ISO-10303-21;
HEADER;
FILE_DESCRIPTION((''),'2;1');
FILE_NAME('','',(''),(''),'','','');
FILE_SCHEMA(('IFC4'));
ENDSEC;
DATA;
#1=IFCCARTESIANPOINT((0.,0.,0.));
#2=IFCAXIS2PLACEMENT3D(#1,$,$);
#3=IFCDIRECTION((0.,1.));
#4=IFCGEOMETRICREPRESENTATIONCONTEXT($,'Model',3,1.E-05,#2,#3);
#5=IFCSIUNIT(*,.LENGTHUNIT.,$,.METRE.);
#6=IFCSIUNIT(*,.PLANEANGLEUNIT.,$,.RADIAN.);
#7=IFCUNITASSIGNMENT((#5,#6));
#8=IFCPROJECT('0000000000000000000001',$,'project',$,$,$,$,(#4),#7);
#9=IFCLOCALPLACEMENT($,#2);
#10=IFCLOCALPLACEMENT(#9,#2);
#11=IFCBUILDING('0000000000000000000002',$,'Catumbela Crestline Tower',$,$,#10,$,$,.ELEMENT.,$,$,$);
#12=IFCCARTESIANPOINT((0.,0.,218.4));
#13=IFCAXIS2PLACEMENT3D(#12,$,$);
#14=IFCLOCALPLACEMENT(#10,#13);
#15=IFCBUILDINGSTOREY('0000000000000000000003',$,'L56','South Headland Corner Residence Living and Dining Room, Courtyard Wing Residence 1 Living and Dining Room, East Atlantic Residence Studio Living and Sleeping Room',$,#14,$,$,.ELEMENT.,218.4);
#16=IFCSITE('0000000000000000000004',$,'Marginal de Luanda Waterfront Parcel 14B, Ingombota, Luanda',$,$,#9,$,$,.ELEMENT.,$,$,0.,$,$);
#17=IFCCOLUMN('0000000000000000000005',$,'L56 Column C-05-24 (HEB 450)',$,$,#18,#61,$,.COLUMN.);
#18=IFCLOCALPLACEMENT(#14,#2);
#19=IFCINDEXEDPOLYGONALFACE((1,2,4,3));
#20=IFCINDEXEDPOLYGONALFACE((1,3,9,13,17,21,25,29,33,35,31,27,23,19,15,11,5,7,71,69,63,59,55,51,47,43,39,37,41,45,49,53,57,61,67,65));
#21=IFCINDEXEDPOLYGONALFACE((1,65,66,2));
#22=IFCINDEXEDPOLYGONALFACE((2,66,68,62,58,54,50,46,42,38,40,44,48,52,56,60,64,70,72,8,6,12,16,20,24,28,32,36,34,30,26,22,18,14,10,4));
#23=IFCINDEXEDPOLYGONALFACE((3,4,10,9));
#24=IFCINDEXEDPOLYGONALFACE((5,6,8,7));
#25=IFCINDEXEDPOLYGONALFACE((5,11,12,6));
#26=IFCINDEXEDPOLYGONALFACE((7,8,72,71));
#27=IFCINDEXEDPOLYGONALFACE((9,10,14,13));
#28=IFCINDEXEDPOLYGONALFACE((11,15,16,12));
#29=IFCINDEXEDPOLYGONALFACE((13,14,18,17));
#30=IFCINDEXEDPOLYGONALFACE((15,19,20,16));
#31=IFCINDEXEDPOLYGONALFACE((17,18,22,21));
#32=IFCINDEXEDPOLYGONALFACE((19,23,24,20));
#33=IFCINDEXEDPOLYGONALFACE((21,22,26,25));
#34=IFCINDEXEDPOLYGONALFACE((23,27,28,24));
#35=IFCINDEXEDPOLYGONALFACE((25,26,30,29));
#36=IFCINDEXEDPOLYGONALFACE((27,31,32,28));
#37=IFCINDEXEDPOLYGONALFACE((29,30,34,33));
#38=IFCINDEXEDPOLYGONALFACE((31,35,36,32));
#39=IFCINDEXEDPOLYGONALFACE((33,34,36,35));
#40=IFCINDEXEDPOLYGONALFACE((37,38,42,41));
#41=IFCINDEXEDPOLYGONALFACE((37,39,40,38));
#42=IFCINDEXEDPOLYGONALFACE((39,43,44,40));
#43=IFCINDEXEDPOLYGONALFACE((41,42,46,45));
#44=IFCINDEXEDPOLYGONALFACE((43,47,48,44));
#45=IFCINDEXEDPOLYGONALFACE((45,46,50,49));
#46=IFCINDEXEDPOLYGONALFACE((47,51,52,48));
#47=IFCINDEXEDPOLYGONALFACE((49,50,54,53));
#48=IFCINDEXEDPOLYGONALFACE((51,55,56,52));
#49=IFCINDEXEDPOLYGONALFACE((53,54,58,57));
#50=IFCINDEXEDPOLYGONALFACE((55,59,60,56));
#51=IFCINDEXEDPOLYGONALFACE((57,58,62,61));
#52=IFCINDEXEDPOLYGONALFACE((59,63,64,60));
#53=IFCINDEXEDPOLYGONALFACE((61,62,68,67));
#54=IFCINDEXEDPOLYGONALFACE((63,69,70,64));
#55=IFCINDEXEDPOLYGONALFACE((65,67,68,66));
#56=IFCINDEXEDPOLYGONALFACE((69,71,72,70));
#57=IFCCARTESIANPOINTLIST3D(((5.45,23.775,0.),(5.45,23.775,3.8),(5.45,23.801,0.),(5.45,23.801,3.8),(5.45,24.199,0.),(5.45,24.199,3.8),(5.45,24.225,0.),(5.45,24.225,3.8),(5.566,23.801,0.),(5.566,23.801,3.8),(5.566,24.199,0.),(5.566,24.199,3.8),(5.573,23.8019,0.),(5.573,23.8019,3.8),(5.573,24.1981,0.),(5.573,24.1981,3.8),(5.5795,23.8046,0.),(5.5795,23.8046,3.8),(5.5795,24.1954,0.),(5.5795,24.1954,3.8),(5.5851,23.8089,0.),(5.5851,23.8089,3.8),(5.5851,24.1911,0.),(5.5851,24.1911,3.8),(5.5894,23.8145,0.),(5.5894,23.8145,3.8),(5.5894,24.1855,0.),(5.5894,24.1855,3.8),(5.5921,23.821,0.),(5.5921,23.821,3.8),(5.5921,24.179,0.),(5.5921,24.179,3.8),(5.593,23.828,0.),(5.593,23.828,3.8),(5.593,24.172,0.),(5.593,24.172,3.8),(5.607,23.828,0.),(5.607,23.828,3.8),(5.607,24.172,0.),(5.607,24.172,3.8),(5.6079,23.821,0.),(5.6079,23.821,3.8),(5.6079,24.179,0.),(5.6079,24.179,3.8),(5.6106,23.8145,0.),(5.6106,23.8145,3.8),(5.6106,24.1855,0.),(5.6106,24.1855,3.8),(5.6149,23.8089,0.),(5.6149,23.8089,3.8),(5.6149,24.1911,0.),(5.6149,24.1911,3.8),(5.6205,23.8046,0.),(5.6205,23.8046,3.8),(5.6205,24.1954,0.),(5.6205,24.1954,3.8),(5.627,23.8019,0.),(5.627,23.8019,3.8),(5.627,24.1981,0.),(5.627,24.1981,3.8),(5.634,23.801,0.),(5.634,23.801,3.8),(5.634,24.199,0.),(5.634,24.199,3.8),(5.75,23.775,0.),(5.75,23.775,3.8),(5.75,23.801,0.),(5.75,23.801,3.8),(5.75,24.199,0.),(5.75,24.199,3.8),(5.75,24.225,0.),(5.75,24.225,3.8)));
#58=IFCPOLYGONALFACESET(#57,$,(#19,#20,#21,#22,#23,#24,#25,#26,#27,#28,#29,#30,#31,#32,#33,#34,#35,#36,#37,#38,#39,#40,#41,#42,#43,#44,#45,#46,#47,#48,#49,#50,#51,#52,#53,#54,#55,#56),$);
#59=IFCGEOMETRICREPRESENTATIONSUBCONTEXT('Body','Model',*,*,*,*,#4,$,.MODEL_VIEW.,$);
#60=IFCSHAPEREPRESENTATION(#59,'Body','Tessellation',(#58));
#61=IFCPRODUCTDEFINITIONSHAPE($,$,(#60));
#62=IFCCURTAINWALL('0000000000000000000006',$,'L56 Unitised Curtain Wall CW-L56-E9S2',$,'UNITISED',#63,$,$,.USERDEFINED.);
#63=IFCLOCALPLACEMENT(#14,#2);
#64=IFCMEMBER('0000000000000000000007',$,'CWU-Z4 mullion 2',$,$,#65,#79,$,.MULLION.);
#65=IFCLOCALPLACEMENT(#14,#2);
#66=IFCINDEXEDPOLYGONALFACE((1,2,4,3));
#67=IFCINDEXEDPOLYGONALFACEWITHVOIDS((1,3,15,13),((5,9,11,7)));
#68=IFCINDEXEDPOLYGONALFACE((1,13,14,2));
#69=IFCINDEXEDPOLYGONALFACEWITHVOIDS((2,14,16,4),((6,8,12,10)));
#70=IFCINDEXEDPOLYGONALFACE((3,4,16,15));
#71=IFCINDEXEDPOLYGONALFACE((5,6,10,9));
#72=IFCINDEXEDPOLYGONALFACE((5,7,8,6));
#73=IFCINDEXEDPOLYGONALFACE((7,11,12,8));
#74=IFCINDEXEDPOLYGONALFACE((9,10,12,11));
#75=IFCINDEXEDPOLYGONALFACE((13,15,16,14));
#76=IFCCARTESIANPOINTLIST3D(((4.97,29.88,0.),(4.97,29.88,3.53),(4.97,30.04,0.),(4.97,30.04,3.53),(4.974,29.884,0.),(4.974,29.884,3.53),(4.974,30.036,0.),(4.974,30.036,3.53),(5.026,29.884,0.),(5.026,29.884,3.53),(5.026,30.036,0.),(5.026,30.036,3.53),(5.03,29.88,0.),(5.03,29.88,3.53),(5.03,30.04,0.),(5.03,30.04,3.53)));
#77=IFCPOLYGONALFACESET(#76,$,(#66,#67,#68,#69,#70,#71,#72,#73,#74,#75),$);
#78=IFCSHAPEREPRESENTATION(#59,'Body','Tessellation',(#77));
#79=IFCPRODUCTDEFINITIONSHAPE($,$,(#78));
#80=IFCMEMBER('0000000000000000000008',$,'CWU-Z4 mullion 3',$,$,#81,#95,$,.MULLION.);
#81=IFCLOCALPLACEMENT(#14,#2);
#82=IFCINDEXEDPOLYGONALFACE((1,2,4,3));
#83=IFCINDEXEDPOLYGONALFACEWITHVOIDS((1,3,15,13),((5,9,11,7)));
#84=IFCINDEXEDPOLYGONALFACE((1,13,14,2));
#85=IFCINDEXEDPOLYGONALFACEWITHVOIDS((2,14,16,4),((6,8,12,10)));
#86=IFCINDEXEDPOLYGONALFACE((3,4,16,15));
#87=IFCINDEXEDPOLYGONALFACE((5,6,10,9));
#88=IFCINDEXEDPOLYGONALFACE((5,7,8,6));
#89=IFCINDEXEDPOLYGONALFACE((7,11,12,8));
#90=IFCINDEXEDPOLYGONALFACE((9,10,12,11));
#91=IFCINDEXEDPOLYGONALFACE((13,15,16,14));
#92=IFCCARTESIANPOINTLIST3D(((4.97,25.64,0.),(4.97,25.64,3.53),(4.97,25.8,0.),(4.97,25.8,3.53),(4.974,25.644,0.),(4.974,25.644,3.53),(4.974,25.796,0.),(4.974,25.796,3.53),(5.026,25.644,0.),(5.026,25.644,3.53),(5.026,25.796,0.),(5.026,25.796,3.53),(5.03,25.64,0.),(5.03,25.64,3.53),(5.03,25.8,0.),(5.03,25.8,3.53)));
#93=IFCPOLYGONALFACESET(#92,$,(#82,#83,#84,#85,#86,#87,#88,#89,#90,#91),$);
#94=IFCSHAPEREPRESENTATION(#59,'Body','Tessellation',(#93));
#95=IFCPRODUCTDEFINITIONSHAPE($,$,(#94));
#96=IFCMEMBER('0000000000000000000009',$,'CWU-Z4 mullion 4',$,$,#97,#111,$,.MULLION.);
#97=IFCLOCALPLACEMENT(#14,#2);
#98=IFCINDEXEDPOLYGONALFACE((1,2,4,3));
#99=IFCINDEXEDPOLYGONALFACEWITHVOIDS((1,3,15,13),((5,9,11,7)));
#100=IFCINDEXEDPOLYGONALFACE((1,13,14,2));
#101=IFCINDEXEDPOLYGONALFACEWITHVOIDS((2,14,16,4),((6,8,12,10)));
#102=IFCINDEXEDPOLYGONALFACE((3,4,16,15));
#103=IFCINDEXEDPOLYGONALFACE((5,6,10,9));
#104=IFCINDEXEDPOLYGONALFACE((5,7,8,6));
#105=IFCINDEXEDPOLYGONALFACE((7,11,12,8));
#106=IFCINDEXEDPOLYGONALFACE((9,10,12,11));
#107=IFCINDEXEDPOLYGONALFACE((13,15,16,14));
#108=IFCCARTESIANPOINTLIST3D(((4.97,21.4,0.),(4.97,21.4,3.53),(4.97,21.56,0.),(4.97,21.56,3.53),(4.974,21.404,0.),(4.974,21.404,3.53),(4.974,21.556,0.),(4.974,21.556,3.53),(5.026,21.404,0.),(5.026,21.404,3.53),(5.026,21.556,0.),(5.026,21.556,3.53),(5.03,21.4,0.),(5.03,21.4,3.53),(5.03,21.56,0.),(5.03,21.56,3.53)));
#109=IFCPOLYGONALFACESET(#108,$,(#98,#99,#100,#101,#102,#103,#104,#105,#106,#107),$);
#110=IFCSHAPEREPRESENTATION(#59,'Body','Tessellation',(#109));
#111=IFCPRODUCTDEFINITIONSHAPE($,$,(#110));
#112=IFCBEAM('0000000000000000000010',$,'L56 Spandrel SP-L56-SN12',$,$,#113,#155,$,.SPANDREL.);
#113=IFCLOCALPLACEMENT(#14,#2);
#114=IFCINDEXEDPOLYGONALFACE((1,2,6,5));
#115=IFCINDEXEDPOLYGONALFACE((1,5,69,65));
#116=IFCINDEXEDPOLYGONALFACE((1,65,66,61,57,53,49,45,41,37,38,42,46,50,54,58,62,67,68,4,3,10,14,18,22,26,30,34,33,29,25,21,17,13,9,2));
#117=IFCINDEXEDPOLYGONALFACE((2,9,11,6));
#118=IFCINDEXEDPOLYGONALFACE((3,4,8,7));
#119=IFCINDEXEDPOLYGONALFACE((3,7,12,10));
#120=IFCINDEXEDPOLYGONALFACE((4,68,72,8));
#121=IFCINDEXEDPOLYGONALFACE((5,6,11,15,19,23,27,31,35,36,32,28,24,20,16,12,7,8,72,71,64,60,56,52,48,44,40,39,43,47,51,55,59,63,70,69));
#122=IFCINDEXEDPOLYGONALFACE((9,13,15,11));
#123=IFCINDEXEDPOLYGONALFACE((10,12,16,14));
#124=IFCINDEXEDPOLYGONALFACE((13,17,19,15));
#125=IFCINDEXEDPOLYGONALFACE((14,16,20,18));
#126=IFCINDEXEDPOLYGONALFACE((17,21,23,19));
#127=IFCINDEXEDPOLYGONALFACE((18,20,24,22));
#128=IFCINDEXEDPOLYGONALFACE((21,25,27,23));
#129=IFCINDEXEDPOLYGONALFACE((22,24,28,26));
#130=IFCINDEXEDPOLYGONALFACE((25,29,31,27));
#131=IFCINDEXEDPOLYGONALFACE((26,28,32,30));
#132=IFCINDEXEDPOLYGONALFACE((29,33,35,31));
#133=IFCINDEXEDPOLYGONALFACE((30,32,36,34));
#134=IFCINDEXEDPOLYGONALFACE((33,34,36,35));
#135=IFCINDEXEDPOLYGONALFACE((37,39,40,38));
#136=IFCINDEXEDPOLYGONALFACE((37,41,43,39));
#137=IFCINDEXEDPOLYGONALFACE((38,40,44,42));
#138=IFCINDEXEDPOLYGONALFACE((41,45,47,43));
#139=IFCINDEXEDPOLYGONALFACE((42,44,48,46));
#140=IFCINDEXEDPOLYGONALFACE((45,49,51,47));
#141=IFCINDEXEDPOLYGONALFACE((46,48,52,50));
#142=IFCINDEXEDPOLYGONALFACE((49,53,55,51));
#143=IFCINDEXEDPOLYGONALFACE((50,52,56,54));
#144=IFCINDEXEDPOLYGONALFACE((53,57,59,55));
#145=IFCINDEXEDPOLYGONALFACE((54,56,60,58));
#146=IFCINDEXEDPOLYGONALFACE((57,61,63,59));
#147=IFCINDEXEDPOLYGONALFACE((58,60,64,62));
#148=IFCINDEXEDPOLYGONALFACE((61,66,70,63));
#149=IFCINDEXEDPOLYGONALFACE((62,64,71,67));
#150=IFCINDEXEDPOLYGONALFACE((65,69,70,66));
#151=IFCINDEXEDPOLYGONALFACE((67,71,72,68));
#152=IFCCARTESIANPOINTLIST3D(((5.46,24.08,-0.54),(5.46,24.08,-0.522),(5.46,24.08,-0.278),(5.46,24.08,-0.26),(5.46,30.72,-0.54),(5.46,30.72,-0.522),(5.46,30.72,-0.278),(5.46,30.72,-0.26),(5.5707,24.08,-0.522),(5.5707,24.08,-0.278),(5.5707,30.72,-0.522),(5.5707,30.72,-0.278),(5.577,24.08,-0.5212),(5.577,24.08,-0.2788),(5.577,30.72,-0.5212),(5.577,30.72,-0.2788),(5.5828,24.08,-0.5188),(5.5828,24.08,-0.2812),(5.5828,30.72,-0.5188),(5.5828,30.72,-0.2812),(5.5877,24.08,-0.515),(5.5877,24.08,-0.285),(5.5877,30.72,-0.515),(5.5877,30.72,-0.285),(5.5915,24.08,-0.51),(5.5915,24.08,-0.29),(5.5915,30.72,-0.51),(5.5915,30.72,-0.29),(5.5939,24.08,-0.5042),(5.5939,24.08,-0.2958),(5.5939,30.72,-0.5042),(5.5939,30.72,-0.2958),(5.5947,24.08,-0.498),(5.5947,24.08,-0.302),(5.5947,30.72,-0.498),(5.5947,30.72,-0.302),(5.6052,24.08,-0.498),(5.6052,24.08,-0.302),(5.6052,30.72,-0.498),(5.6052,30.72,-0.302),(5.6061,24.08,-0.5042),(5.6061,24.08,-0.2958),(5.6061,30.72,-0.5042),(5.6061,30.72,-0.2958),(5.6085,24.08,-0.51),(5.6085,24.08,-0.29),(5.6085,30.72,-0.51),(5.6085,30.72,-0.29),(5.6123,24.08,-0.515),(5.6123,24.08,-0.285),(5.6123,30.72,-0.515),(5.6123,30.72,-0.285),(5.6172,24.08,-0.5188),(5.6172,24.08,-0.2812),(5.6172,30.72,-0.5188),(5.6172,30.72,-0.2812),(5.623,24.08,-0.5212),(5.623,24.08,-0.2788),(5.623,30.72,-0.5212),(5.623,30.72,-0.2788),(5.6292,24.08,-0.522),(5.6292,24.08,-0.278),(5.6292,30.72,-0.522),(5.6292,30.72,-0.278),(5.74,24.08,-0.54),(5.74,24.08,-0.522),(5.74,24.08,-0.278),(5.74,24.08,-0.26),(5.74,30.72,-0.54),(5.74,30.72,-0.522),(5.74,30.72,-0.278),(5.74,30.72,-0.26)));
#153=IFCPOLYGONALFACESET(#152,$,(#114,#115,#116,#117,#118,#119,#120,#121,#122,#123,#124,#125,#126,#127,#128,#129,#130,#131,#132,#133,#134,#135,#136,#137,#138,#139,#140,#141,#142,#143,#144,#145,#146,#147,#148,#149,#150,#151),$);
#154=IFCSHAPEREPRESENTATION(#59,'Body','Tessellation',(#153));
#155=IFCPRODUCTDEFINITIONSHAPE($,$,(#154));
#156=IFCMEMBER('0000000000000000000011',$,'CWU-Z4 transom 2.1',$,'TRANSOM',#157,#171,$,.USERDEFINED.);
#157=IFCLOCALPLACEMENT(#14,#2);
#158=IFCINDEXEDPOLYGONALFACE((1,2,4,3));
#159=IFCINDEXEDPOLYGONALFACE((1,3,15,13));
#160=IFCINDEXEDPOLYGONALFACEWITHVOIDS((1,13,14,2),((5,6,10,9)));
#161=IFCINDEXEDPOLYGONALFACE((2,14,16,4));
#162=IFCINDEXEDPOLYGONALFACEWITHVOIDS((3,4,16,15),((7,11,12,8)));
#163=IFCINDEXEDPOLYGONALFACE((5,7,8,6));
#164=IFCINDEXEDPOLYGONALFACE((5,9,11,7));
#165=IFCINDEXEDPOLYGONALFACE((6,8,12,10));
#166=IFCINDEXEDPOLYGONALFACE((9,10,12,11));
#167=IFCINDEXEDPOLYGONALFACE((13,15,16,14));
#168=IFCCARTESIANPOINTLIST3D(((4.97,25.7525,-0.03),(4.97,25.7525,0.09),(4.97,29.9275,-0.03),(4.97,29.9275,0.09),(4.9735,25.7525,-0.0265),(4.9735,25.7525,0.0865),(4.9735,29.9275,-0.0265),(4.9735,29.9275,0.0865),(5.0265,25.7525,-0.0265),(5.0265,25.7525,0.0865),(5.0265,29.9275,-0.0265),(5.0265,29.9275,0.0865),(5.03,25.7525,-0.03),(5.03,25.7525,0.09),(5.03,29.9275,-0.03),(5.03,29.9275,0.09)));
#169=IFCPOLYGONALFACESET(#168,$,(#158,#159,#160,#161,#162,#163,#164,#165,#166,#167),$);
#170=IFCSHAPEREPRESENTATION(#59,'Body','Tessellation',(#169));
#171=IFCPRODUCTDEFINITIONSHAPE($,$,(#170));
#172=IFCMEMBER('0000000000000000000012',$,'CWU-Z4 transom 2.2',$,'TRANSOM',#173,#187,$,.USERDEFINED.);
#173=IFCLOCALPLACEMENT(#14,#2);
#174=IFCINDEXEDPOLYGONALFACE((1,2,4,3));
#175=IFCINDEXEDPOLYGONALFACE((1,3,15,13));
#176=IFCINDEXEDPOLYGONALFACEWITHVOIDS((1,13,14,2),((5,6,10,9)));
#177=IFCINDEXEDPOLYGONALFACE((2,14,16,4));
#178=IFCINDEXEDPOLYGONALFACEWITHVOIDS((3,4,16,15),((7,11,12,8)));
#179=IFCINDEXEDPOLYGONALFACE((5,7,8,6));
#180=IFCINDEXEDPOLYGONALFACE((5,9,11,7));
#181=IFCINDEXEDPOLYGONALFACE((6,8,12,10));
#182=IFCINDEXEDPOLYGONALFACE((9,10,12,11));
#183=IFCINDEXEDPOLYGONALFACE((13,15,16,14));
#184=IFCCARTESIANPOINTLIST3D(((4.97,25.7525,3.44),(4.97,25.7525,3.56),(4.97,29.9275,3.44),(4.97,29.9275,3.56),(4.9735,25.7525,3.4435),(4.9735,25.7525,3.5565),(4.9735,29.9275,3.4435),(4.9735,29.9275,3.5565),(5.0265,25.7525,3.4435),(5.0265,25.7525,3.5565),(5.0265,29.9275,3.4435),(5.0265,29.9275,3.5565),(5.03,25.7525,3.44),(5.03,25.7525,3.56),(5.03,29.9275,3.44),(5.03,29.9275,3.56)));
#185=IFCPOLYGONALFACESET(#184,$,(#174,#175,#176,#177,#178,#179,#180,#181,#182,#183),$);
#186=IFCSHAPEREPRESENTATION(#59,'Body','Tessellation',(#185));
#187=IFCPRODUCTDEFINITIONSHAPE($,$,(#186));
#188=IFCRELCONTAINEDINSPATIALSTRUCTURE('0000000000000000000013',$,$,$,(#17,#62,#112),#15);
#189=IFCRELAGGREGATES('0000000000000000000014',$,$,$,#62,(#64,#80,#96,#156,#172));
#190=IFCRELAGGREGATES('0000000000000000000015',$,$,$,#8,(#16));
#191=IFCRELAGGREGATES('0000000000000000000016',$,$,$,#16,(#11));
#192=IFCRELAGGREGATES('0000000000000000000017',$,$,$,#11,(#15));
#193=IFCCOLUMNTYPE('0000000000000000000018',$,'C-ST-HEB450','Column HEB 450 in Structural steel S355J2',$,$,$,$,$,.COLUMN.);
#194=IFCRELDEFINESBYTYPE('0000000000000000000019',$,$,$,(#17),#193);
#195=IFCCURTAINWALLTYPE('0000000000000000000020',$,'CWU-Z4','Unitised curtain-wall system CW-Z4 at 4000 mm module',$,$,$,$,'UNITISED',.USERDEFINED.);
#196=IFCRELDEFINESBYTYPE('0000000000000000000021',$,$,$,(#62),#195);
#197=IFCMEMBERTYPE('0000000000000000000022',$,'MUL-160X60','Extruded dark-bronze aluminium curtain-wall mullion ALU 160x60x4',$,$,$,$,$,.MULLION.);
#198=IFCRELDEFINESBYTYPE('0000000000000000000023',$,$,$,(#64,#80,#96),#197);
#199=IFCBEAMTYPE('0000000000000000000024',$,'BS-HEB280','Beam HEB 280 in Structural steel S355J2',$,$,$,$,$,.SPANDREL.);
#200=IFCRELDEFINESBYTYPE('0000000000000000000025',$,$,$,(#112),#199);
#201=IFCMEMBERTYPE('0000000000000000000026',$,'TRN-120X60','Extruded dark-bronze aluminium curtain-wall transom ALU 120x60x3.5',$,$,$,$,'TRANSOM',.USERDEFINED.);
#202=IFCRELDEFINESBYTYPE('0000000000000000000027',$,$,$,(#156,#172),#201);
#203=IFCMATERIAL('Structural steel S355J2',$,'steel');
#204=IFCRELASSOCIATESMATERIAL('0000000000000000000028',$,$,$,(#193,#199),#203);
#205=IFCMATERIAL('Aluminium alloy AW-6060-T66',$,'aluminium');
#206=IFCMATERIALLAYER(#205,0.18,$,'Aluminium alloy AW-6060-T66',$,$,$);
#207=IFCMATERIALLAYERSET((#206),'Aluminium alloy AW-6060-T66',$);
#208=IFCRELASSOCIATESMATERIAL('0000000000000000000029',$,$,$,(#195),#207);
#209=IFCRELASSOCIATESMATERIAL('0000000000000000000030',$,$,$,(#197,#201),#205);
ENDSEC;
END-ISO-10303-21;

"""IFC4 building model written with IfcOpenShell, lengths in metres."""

from ifc_helpers import new_model, si_unit, direction, frame, origin, origin_2d, place, context, subcontext, project, spatial, hollow_rectangle, i_section, extrude, material, layer, layer_set, material_profile, profile_set, type_object, element, aggregate, save


model = new_model("IFC4")

# Units and contexts
model_context = context("Model", 3, precision=1e-05, world=origin(), true_north=direction((0.0, 1.0)))
body_context = subcontext(model_context, "Body", "Model", "MODEL_VIEW")
ifc_project = project(units=[si_unit("LENGTHUNIT", "METRE"), si_unit("PLANEANGLEUNIT", "RADIAN")], contexts=[model_context])

# Site, building, storey
site_placement = place(None, origin())
site = spatial("IfcSite", under=ifc_project, at=site_placement, Name="Marginal de Luanda Waterfront Parcel 14B, Ingombota, Luanda", CompositionType="ELEMENT", RefElevation=0.0)
building_placement = place(site_placement, origin())
building = spatial("IfcBuilding", under=site, at=building_placement, Name="Catumbela Crestline Tower", CompositionType="ELEMENT")
storey_placement = place(building_placement, frame((0.0, 0.0, 218.4)))
storey = spatial("IfcBuildingStorey", under=building, at=storey_placement, Name="L56", Description="South Headland Corner Residence Living and Dining Room, Courtyard Wing Residence 1 Living and Dining Room, East Atlantic Residence Studio Living and Sleeping Room", CompositionType="ELEMENT", Elevation=218.4)

# Column
ifc_material_1 = material(Name="Structural steel S355J2", Category="steel")
ifc_material_profile_1 = material_profile(ifc_material_1, i_section(OverallWidth=0.3, OverallDepth=0.45, WebThickness=0.014, FlangeThickness=0.026, FilletRadius=0.027, at=origin_2d()), Name="HEB 450")
ifc_profile_set_1 = profile_set([ifc_material_profile_1], Name="Structural steel S355J2")
column_type = type_object("IfcColumnType", Name="C-ST-HEB450", Description="Column HEB 450 in Structural steel S355J2", PredefinedType="COLUMN", material=ifc_profile_set_1)
column_placement = place(storey_placement, frame((5.6, 24.0, 0.0), z_axis=(0.0, 0.0, 1.0), x_axis=(1.0, 0.0, 0.0)))
element("IfcColumn", 1, at=column_placement, inside=storey, type_object=column_type, Name="L56 Column C-05-24 (HEB 450)", PredefinedType="COLUMN", context=body_context, shape_type="SweptSolid", body=[
    extrude(i_section(OverallWidth=0.3, OverallDepth=0.45, WebThickness=0.014, FlangeThickness=0.026, FilletRadius=0.027, at=origin_2d()), origin(), (0.0, 0.0, 1.0), 3.8),
])

# Curtain wall, members
ifc_material_2 = material(Name="Aluminium alloy AW-6060-T66", Category="aluminium")
ifc_layer_1 = layer(ifc_material_2, 0.18, Name="Aluminium alloy AW-6060-T66")
ifc_layer_set_1 = layer_set([ifc_layer_1], Name="Aluminium alloy AW-6060-T66")
curtain_wall_type = type_object("IfcCurtainWallType", Name="CWU-Z4", Description="Unitised curtain-wall system CW-Z4 at 4000 mm module", ElementType="UNITISED", PredefinedType="USERDEFINED", material=ifc_layer_set_1)
curtain_wall_placement = place(storey_placement, origin())
curtain_wall = element("IfcCurtainWall", 2, at=curtain_wall_placement, inside=storey, type_object=curtain_wall_type, Name="L56 Unitised Curtain Wall CW-L56-E9S2", ObjectType="UNITISED", PredefinedType="USERDEFINED")
ifc_material_profile_2 = material_profile(ifc_material_2, hollow_rectangle(XDim=0.06, YDim=0.16, WallThickness=0.004, at=origin_2d()), Name="ALU 160x60x4")
ifc_profile_set_2 = profile_set([ifc_material_profile_2], Name="Aluminium alloy AW-6060-T66")
member_type_1 = type_object("IfcMemberType", Name="MUL-160X60", Description="Extruded dark-bronze aluminium curtain-wall mullion ALU 160x60x4", PredefinedType="MULLION", material=ifc_profile_set_2)
member_1_placement = place(storey_placement, frame((5.0, 29.96, 0.0), z_axis=(0.0, 0.0, 1.0), x_axis=(1.0, 0.0, 0.0)))
member_1 = element("IfcMember", 3, at=member_1_placement, type_object=member_type_1, Name="CWU-Z4 mullion 2", PredefinedType="MULLION", context=body_context, shape_type="SweptSolid", body=[
    extrude(hollow_rectangle(XDim=0.06, YDim=0.16, WallThickness=0.004, at=origin_2d()), origin(), (0.0, 0.0, 1.0), 3.53),
])
member_2_placement = place(storey_placement, frame((5.0, 25.72, 0.0), z_axis=(0.0, 0.0, 1.0), x_axis=(1.0, 0.0, 0.0)))
member_2 = element("IfcMember", 4, at=member_2_placement, type_object=member_type_1, Name="CWU-Z4 mullion 3", PredefinedType="MULLION", context=body_context, shape_type="SweptSolid", body=[
    extrude(hollow_rectangle(XDim=0.06, YDim=0.16, WallThickness=0.004, at=origin_2d()), origin(), (0.0, 0.0, 1.0), 3.53),
])
member_3_placement = place(storey_placement, frame((5.0, 21.48, 0.0), z_axis=(0.0, 0.0, 1.0), x_axis=(1.0, 0.0, 0.0)))
member_3 = element("IfcMember", 5, at=member_3_placement, type_object=member_type_1, Name="CWU-Z4 mullion 4", PredefinedType="MULLION", context=body_context, shape_type="SweptSolid", body=[
    extrude(hollow_rectangle(XDim=0.06, YDim=0.16, WallThickness=0.004, at=origin_2d()), origin(), (0.0, 0.0, 1.0), 3.53),
])

# Beam
ifc_material_profile_3 = material_profile(ifc_material_1, i_section(OverallWidth=0.28, OverallDepth=0.28, WebThickness=0.0105, FlangeThickness=0.018, FilletRadius=0.024, at=origin_2d()), Name="HEB 280")
ifc_profile_set_3 = profile_set([ifc_material_profile_3], Name="Structural steel S355J2")
beam_type = type_object("IfcBeamType", Name="BS-HEB280", Description="Beam HEB 280 in Structural steel S355J2", PredefinedType="SPANDREL", material=ifc_profile_set_3)
beam_placement = place(storey_placement, frame((5.6, 24.08, -0.4), z_axis=(0.0, 1.0, 0.0), x_axis=(-1.0, 0.0, 0.0)))
element("IfcBeam", 6, at=beam_placement, inside=storey, type_object=beam_type, Name="L56 Spandrel SP-L56-SN12", PredefinedType="SPANDREL", context=body_context, shape_type="SweptSolid", body=[
    extrude(i_section(OverallWidth=0.28, OverallDepth=0.28, WebThickness=0.0105, FlangeThickness=0.018, FilletRadius=0.024, at=origin_2d()), origin(), (0.0, 0.0, 1.0), 6.64),
])

# Members
ifc_material_profile_4 = material_profile(ifc_material_2, hollow_rectangle(XDim=0.06, YDim=0.12, WallThickness=0.0035, at=origin_2d()), Name="ALU 120x60x3.5")
ifc_profile_set_4 = profile_set([ifc_material_profile_4], Name="Aluminium alloy AW-6060-T66")
member_type_2 = type_object("IfcMemberType", Name="TRN-120X60", Description="Extruded dark-bronze aluminium curtain-wall transom ALU 120x60x3.5", ElementType="TRANSOM", PredefinedType="USERDEFINED", material=ifc_profile_set_4)
member_4_placement = place(storey_placement, frame((5.0, 29.9275, 0.03), z_axis=(0.0, -1.0, 0.0), x_axis=(1.0, 0.0, 0.0)))
member_4 = element("IfcMember", 7, at=member_4_placement, type_object=member_type_2, Name="CWU-Z4 transom 2.1", ObjectType="TRANSOM", PredefinedType="USERDEFINED", context=body_context, shape_type="SweptSolid", body=[
    extrude(hollow_rectangle(XDim=0.06, YDim=0.12, WallThickness=0.0035, at=origin_2d()), origin(), (0.0, 0.0, 1.0), 4.175),
])
member_5_placement = place(storey_placement, frame((5.0, 29.9275, 3.5), z_axis=(0.0, -1.0, 0.0), x_axis=(1.0, 0.0, 0.0)))
member_5 = element("IfcMember", 8, at=member_5_placement, type_object=member_type_2, Name="CWU-Z4 transom 2.2", ObjectType="TRANSOM", PredefinedType="USERDEFINED", context=body_context, shape_type="SweptSolid", body=[
    extrude(hollow_rectangle(XDim=0.06, YDim=0.12, WallThickness=0.0035, at=origin_2d()), origin(), (0.0, 0.0, 1.0), 4.175),
])

aggregate(curtain_wall, [member_1, member_2, member_3, member_4, member_5])

save(model, "model.ifc")
